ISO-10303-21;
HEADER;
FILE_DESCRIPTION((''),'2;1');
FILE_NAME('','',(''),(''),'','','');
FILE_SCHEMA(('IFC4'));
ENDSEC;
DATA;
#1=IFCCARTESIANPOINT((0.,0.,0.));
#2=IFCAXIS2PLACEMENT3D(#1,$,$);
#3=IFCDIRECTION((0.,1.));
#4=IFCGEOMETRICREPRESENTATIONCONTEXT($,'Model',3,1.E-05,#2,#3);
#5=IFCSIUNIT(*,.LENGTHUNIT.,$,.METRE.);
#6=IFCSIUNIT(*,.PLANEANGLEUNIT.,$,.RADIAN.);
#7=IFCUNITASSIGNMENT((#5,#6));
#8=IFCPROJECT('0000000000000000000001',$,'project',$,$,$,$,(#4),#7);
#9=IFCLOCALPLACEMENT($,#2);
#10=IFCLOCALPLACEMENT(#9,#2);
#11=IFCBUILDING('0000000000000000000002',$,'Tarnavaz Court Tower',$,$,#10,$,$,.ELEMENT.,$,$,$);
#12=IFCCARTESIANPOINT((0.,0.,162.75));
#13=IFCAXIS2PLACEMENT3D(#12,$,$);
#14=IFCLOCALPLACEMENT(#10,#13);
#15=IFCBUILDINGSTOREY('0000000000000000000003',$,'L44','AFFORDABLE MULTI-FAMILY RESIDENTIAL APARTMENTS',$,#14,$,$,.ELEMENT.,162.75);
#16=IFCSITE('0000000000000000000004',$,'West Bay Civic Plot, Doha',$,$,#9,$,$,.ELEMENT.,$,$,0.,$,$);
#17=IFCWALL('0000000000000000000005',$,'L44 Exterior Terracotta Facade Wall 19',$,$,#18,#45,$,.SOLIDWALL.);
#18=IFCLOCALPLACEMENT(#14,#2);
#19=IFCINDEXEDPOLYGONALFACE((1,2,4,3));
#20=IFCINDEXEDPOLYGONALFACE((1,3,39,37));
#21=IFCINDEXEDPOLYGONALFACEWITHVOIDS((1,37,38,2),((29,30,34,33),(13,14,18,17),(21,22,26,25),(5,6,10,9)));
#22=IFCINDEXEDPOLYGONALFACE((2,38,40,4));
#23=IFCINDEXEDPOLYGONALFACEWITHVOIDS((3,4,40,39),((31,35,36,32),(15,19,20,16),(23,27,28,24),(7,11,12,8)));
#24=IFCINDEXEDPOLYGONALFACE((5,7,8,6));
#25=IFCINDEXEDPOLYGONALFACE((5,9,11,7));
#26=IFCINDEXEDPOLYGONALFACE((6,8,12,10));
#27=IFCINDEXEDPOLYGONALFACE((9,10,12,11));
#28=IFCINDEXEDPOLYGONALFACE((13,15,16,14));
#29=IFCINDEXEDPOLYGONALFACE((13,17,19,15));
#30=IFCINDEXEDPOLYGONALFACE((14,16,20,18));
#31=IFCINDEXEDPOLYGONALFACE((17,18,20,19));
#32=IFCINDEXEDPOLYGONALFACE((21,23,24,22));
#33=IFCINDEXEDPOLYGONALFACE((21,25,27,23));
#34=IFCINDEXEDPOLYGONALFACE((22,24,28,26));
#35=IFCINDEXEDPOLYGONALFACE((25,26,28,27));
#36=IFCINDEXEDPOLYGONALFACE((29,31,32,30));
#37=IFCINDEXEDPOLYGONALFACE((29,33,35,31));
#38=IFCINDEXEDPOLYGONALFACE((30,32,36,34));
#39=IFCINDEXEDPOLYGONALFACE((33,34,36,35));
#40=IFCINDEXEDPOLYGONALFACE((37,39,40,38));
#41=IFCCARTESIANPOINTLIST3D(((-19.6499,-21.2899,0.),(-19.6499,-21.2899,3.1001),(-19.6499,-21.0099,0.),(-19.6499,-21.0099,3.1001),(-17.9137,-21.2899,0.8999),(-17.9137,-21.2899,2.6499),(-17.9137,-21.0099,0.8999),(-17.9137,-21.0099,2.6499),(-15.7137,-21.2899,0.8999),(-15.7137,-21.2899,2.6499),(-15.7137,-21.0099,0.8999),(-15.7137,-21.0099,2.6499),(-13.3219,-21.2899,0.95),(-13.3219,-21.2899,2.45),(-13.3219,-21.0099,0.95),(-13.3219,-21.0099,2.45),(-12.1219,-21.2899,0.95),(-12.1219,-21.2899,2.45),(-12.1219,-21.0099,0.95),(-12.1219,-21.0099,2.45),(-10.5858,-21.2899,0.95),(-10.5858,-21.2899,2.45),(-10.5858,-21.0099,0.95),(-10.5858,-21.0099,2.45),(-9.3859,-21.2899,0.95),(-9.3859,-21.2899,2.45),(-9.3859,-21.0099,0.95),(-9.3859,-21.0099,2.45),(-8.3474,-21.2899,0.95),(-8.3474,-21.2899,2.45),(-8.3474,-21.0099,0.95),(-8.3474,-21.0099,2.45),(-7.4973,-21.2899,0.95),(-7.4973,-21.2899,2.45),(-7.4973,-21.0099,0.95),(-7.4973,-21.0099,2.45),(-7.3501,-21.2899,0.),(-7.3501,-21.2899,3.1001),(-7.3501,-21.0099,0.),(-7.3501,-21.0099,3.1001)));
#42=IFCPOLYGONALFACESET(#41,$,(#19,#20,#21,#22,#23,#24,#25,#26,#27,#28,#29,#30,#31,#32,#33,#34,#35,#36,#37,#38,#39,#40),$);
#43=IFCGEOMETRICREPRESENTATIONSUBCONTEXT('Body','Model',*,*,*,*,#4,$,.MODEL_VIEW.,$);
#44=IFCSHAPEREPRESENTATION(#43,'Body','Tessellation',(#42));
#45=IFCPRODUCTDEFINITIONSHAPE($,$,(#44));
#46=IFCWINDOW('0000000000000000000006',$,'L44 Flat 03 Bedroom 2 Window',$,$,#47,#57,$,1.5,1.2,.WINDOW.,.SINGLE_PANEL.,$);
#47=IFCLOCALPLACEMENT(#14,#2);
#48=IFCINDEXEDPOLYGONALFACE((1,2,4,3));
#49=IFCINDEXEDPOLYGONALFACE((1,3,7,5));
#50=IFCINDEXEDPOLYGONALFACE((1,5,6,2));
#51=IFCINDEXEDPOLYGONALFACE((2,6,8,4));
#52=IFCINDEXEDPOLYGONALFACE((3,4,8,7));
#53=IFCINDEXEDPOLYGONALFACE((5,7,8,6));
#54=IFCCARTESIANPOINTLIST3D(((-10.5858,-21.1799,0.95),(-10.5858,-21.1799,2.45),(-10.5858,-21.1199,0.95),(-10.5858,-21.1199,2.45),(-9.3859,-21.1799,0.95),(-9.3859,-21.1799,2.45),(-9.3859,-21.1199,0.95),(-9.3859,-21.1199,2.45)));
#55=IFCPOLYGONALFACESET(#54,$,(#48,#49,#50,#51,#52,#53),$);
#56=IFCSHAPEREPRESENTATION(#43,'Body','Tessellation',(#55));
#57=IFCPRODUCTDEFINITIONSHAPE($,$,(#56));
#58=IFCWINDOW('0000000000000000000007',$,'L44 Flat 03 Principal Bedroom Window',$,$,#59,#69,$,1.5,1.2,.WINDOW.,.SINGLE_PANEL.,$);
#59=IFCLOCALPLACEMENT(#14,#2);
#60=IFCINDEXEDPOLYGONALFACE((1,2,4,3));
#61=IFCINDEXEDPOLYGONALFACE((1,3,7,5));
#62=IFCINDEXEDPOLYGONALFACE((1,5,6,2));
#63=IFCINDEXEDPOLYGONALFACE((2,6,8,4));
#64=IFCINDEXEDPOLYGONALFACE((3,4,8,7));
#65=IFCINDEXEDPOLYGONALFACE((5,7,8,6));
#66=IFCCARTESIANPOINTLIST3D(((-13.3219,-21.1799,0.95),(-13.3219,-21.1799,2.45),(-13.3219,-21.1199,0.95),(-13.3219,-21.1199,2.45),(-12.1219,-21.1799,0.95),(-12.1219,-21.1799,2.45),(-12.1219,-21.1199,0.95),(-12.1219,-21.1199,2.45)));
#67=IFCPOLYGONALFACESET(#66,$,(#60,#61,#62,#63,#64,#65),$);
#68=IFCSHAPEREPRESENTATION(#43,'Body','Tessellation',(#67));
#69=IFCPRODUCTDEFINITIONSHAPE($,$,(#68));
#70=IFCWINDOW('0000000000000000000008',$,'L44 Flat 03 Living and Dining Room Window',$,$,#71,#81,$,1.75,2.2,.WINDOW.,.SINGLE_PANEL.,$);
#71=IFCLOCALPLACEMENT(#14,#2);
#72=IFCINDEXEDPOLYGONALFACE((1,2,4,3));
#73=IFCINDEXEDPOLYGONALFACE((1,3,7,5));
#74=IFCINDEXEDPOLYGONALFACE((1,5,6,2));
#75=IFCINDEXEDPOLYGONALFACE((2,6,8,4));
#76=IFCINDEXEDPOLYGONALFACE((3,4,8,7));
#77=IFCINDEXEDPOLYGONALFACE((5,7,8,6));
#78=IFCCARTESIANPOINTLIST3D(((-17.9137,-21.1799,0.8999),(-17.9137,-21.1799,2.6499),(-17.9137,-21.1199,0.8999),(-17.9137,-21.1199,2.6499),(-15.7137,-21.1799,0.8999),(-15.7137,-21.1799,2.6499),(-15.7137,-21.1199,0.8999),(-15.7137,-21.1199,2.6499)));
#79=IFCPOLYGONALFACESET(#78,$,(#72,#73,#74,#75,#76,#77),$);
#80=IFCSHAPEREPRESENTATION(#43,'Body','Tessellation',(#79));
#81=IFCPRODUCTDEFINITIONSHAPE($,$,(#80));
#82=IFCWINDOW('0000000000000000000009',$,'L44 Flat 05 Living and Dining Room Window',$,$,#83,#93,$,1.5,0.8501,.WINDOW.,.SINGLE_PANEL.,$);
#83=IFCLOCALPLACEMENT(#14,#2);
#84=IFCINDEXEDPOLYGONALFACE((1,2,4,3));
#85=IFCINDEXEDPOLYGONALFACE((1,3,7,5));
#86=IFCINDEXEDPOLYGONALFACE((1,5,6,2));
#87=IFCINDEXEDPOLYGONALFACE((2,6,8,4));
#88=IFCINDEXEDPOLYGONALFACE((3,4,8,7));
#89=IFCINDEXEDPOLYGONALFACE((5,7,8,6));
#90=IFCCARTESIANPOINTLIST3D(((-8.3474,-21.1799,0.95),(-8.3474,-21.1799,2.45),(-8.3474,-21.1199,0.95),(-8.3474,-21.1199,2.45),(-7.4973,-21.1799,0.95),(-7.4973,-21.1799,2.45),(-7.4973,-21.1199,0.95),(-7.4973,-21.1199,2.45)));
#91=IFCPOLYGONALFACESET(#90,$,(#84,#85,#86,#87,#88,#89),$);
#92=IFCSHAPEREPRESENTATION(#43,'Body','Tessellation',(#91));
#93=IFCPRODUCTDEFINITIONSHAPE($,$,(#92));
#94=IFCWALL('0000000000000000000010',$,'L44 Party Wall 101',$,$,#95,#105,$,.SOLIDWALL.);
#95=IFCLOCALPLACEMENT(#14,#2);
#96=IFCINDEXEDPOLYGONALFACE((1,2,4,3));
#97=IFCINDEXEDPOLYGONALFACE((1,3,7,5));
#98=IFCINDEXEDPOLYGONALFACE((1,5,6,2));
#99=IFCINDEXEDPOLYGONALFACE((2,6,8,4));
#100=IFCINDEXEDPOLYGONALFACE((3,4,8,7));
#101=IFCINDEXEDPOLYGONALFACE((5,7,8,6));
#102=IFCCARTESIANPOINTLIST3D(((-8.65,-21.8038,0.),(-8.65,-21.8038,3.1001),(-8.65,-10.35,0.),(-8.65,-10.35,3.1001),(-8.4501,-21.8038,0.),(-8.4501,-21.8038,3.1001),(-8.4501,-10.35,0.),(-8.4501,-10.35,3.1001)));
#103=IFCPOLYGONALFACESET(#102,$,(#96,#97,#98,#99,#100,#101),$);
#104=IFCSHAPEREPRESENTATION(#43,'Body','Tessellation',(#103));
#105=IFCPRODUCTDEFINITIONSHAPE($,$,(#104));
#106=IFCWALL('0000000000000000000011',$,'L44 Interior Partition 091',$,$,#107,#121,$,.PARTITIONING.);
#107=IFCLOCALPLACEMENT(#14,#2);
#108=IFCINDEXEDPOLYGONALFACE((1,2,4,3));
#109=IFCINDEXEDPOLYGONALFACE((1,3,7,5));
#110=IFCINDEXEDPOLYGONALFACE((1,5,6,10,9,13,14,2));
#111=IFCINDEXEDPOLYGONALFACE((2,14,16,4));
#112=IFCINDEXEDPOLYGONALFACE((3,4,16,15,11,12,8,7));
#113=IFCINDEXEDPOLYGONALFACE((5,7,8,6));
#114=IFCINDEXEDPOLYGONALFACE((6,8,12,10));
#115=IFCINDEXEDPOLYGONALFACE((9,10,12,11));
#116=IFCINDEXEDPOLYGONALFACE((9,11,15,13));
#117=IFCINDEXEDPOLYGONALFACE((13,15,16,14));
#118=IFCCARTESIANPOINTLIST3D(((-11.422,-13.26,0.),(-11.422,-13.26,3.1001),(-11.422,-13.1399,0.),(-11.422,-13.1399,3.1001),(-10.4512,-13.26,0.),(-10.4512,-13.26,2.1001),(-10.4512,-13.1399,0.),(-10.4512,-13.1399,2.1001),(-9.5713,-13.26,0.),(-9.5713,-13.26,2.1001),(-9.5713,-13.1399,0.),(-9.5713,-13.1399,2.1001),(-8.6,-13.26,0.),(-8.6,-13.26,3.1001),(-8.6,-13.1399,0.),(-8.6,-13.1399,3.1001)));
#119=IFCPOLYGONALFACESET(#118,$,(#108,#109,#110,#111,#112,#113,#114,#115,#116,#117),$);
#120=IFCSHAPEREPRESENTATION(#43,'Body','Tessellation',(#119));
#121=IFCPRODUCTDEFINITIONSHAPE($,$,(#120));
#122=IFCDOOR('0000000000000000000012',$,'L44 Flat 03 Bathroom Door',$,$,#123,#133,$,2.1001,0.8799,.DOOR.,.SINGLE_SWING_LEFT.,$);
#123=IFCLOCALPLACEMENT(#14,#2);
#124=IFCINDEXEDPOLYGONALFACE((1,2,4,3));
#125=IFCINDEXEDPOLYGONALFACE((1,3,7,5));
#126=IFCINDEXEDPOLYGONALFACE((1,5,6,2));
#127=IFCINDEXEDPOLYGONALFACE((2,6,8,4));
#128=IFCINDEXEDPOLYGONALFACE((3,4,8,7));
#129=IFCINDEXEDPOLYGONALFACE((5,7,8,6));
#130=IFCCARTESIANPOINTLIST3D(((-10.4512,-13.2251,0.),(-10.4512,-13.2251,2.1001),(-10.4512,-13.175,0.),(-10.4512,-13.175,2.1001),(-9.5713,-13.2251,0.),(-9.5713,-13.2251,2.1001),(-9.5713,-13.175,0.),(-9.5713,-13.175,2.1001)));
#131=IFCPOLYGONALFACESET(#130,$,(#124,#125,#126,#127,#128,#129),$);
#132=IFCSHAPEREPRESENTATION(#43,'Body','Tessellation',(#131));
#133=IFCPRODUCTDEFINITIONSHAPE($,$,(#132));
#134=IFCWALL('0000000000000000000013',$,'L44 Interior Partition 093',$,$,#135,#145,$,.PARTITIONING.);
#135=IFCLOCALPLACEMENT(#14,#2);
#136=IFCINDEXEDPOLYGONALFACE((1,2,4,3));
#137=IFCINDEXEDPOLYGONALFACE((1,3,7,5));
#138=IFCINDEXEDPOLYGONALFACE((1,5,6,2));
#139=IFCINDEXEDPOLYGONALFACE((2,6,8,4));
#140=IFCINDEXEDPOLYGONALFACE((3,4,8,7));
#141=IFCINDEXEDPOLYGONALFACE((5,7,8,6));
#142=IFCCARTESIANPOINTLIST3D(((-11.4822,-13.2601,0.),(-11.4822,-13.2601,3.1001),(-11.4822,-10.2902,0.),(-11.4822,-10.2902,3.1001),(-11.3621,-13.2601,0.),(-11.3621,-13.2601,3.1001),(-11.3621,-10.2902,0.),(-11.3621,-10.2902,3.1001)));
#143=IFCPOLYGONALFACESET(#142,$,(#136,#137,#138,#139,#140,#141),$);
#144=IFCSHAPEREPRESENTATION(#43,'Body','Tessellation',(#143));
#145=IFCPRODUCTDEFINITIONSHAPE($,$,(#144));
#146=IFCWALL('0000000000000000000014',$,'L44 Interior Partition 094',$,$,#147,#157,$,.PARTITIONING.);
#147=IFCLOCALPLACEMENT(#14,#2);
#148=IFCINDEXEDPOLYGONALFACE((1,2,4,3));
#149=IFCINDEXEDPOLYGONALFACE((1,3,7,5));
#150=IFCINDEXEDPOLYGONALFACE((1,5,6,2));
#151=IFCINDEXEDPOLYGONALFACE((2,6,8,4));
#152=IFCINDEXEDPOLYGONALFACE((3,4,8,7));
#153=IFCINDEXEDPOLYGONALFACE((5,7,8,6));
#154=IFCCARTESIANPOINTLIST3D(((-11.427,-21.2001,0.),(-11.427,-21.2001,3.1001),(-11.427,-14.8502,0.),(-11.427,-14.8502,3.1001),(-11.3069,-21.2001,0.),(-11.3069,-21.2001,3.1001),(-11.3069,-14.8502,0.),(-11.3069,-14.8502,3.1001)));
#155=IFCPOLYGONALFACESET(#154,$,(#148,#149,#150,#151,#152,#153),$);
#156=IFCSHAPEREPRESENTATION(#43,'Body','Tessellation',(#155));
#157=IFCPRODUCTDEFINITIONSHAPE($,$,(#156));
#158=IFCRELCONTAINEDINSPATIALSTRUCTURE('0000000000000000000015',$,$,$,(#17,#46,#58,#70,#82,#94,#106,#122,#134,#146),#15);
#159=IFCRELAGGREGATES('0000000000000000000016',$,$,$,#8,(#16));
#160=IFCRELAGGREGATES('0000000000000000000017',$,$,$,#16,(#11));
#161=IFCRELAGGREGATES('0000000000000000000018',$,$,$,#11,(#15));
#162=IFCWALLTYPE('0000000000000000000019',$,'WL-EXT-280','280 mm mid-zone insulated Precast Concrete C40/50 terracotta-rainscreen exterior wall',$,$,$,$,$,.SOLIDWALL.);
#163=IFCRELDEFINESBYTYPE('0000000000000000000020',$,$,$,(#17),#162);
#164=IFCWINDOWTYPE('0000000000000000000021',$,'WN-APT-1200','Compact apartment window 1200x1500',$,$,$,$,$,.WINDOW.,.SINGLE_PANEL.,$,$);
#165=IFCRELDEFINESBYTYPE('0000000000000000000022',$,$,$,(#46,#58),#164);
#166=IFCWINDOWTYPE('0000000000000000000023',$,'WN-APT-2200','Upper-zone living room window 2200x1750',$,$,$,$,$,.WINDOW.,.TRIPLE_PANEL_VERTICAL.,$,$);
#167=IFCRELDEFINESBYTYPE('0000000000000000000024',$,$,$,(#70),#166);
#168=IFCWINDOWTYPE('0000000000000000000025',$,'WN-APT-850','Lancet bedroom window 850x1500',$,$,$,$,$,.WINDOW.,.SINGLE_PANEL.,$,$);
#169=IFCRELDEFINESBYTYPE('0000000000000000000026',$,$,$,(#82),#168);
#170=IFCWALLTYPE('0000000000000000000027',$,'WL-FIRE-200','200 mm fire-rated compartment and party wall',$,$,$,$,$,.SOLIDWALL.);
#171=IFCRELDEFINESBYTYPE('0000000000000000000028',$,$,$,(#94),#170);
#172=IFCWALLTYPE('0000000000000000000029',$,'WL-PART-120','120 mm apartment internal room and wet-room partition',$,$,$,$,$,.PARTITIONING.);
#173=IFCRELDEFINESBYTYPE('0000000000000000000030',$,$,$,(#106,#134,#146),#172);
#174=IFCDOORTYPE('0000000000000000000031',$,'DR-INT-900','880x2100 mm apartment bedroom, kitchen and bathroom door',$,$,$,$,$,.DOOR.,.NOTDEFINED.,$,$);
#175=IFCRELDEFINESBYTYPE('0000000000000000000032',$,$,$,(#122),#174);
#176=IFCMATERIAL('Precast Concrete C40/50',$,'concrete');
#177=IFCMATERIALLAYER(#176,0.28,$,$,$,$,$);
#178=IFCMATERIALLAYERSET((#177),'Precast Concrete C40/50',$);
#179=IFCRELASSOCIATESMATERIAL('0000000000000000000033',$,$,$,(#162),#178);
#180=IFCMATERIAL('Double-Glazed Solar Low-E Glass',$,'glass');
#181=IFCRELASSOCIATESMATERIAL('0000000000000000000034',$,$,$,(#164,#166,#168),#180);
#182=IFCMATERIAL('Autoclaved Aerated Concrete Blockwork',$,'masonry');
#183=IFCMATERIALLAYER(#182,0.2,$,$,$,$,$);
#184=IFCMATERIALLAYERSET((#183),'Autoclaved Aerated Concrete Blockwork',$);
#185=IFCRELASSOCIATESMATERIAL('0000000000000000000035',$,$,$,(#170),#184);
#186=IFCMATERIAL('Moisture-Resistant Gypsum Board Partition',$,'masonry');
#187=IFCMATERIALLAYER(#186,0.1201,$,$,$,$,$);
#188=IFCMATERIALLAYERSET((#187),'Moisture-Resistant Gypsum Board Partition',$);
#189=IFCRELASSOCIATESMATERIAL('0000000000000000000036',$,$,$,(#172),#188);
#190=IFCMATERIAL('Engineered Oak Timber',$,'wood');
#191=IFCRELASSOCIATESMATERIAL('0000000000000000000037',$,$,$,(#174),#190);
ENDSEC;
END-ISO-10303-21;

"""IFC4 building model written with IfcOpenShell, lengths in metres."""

from ifc_helpers import new_model, si_unit, direction, frame, frame_2d, origin, place, context, subcontext, project, spatial, rectangle, extrude, material, layer, layer_set, type_object, element, fill, save


model = new_model("IFC4")

# Units and contexts
model_context = context("Model", 3, precision=1e-05, world=origin(), true_north=direction((0.0, 1.0)))
body_context = subcontext(model_context, "Body", "Model", "MODEL_VIEW")
ifc_project = project(units=[si_unit("LENGTHUNIT", "METRE"), si_unit("PLANEANGLEUNIT", "RADIAN")], contexts=[model_context])

# Site, building, storey
site_placement = place(None, origin())
site = spatial("IfcSite", under=ifc_project, at=site_placement, Name="West Bay Civic Plot, Doha", CompositionType="ELEMENT", RefElevation=0.0)
building_placement = place(site_placement, origin())
building = spatial("IfcBuilding", under=site, at=building_placement, Name="Tarnavaz Court Tower", CompositionType="ELEMENT")
storey_placement = place(building_placement, frame((0.0, 0.0, 162.75)))
storey = spatial("IfcBuildingStorey", under=building, at=storey_placement, Name="L44", Description="AFFORDABLE MULTI-FAMILY RESIDENTIAL APARTMENTS", CompositionType="ELEMENT", Elevation=162.75)

# Shared definitions
ifc_material_1 = material(Name="Double-Glazed Solar Low-E Glass", Category="glass")

# Shared definitions
ifc_material_2 = material(Name="Precast Concrete C40/50", Category="concrete")
ifc_layer_1 = layer(ifc_material_2, 0.28)
ifc_layer_set_1 = layer_set([ifc_layer_1], Name="Precast Concrete C40/50")
wall_type_1 = type_object("IfcWallType", Name="WL-EXT-280", Description="280 mm mid-zone insulated Precast Concrete C40/50 terracotta-rainscreen exterior wall", PredefinedType="SOLIDWALL", material=ifc_layer_set_1)
window_type_1 = type_object("IfcWindowType", Name="WN-APT-1200", Description="Compact apartment window 1200x1500", PartitioningType="SINGLE_PANEL", PredefinedType="WINDOW", material=ifc_material_1)

# Wall, openings, windows
wall_1_placement = place(storey_placement, frame((-7.3501, -21.1499, 0.0), z_axis=(0.0, 0.0, 1.0), x_axis=(-1.0, 0.0, 0.0)))
wall_1 = element("IfcWall", 1, at=wall_1_placement, inside=storey, type_object=wall_type_1, Name="L44 Exterior Terracotta Facade Wall 19", PredefinedType="SOLIDWALL", context=body_context, shape_type="SweptSolid", body=[
    extrude(rectangle(XDim=12.2998, YDim=0.28, at=frame_2d((6.1499, 0.0))), origin(), (0.0, 0.0, 1.0), 3.1001),
])
opening_1_placement = place(wall_1_placement, frame((0.1472, 0.0, 0.95)))
opening_1 = element("IfcOpeningElement", 2, at=opening_1_placement, cuts=wall_1, PredefinedType="OPENING", context=body_context, shape_type="SweptSolid", body=[
    extrude(rectangle(XDim=0.8501, YDim=1.5, at=frame_2d((0.425, 0.75))), frame((0.0, 0.1499, 0.0), z_axis=(0.0, -1.0, 0.0), x_axis=(1.0, 0.0, 0.0)), (0.0, 0.0, 1.0), 0.3),
])
opening_2_placement = place(wall_1_placement, frame((2.0356, 0.0, 0.95)))
opening_2 = element("IfcOpeningElement", 3, at=opening_2_placement, cuts=wall_1, PredefinedType="OPENING", context=body_context, shape_type="SweptSolid", body=[
    extrude(rectangle(XDim=1.2, YDim=1.5, at=frame_2d((0.6001, 0.75))), frame((0.0, 0.1499, 0.0), z_axis=(0.0, -1.0, 0.0), x_axis=(1.0, 0.0, 0.0)), (0.0, 0.0, 1.0), 0.3),
])
opening_3_placement = place(wall_1_placement, frame((4.7717, 0.0, 0.95)))
opening_3 = element("IfcOpeningElement", 4, at=opening_3_placement, cuts=wall_1, PredefinedType="OPENING", context=body_context, shape_type="SweptSolid", body=[
    extrude(rectangle(XDim=1.2, YDim=1.5, at=frame_2d((0.6001, 0.75))), frame((0.0, 0.1499, 0.0), z_axis=(0.0, -1.0, 0.0), x_axis=(1.0, 0.0, 0.0)), (0.0, 0.0, 1.0), 0.3),
])
opening_4_placement = place(wall_1_placement, frame((8.3635, 0.0, 0.8999)))
opening_4 = element("IfcOpeningElement", 5, at=opening_4_placement, cuts=wall_1, PredefinedType="OPENING", context=body_context, shape_type="SweptSolid", body=[
    extrude(rectangle(XDim=2.2, YDim=1.75, at=frame_2d((1.1001, 0.875))), frame((0.0, 0.1499, 0.0), z_axis=(0.0, -1.0, 0.0), x_axis=(1.0, 0.0, 0.0)), (0.0, 0.0, 1.0), 0.3),
])
window_1_placement = place(opening_2_placement, origin())
window_1 = element("IfcWindow", 6, at=window_1_placement, inside=storey, type_object=window_type_1, Name="L44 Flat 03 Bedroom 2 Window", OverallHeight=1.5, OverallWidth=1.2, PartitioningType="SINGLE_PANEL", PredefinedType="WINDOW", context=body_context, shape_type="SweptSolid", body=[
    extrude(rectangle(XDim=1.2, YDim=1.5, at=frame_2d((0.6001, 0.75))), frame((0.0, 0.03, 0.0), z_axis=(0.0, -1.0, 0.0), x_axis=(1.0, 0.0, 0.0)), (0.0, 0.0, 1.0), 0.0601),
])
fill(opening_2, window_1)
window_2_placement = place(opening_3_placement, origin())
window_2 = element("IfcWindow", 7, at=window_2_placement, inside=storey, type_object=window_type_1, Name="L44 Flat 03 Principal Bedroom Window", OverallHeight=1.5, OverallWidth=1.2, PartitioningType="SINGLE_PANEL", PredefinedType="WINDOW", context=body_context, shape_type="SweptSolid", body=[
    extrude(rectangle(XDim=1.2, YDim=1.5, at=frame_2d((0.6001, 0.75))), frame((0.0, 0.03, 0.0), z_axis=(0.0, -1.0, 0.0), x_axis=(1.0, 0.0, 0.0)), (0.0, 0.0, 1.0), 0.0601),
])
fill(opening_3, window_2)
window_type_2 = type_object("IfcWindowType", Name="WN-APT-2200", Description="Upper-zone living room window 2200x1750", PartitioningType="TRIPLE_PANEL_VERTICAL", PredefinedType="WINDOW", material=ifc_material_1)
window_3_placement = place(opening_4_placement, origin())
window_3 = element("IfcWindow", 8, at=window_3_placement, inside=storey, type_object=window_type_2, Name="L44 Flat 03 Living and Dining Room Window", OverallHeight=1.75, OverallWidth=2.2, PartitioningType="SINGLE_PANEL", PredefinedType="WINDOW", context=body_context, shape_type="SweptSolid", body=[
    extrude(rectangle(XDim=2.2, YDim=1.75, at=frame_2d((1.1001, 0.875))), frame((0.0, 0.03, 0.0), z_axis=(0.0, -1.0, 0.0), x_axis=(1.0, 0.0, 0.0)), (0.0, 0.0, 1.0), 0.0601),
])
fill(opening_4, window_3)
window_type_3 = type_object("IfcWindowType", Name="WN-APT-850", Description="Lancet bedroom window 850x1500", PartitioningType="SINGLE_PANEL", PredefinedType="WINDOW", material=ifc_material_1)
window_4_placement = place(opening_1_placement, origin())
window_4 = element("IfcWindow", 9, at=window_4_placement, inside=storey, type_object=window_type_3, Name="L44 Flat 05 Living and Dining Room Window", OverallHeight=1.5, OverallWidth=0.8501, PartitioningType="SINGLE_PANEL", PredefinedType="WINDOW", context=body_context, shape_type="SweptSolid", body=[
    extrude(rectangle(XDim=0.8501, YDim=1.5, at=frame_2d((0.425, 0.75))), frame((0.0, 0.03, 0.0), z_axis=(0.0, -1.0, 0.0), x_axis=(1.0, 0.0, 0.0)), (0.0, 0.0, 1.0), 0.0601),
])
fill(opening_1, window_4)

# Wall
ifc_material_3 = material(Name="Autoclaved Aerated Concrete Blockwork", Category="masonry")
ifc_layer_2 = layer(ifc_material_3, 0.2)
ifc_layer_set_2 = layer_set([ifc_layer_2], Name="Autoclaved Aerated Concrete Blockwork")
wall_type_2 = type_object("IfcWallType", Name="WL-FIRE-200", Description="200 mm fire-rated compartment and party wall", PredefinedType="SOLIDWALL", material=ifc_layer_set_2)
wall_2_placement = place(storey_placement, frame((-8.55, -21.804, 0.0), z_axis=(0.0, 0.0, 1.0), x_axis=(0.0, 1.0, 0.0)))
element("IfcWall", 10, at=wall_2_placement, inside=storey, type_object=wall_type_2, Name="L44 Party Wall 101", PredefinedType="SOLIDWALL", context=body_context, shape_type="SweptSolid", body=[
    extrude(rectangle(XDim=11.4539, YDim=0.2, at=frame_2d((5.7271, 0.0))), origin(), (0.0, 0.0, 1.0), 3.1001),
])

# Wall, opening, door
ifc_material_4 = material(Name="Moisture-Resistant Gypsum Board Partition", Category="masonry")
ifc_layer_3 = layer(ifc_material_4, 0.1201)
ifc_layer_set_3 = layer_set([ifc_layer_3], Name="Moisture-Resistant Gypsum Board Partition")
wall_type_3 = type_object("IfcWallType", Name="WL-PART-120", Description="120 mm apartment internal room and wet-room partition", PredefinedType="PARTITIONING", material=ifc_layer_set_3)
wall_3_placement = place(storey_placement, frame((-11.4221, -13.2, 0.0), z_axis=(0.0, 0.0, 1.0), x_axis=(1.0, 0.0, 0.0)))
wall_3 = element("IfcWall", 11, at=wall_3_placement, inside=storey, type_object=wall_type_3, Name="L44 Interior Partition 091", PredefinedType="PARTITIONING", context=body_context, shape_type="SweptSolid", body=[
    extrude(rectangle(XDim=2.822, YDim=0.1201, at=frame_2d((1.4111, 0.0))), origin(), (0.0, 0.0, 1.0), 3.1001),
])
opening_5_placement = place(wall_3_placement, frame((0.9709, 0.0, 0.0)))
opening_5 = element("IfcOpeningElement", 12, at=opening_5_placement, cuts=wall_3, PredefinedType="OPENING", context=body_context, shape_type="SweptSolid", body=[
    extrude(rectangle(XDim=0.8799, YDim=2.1001, at=frame_2d((0.4399, 1.05))), frame((0.0, 0.0701, 0.0), z_axis=(0.0, -1.0, 0.0), x_axis=(1.0, 0.0, 0.0)), (0.0, 0.0, 1.0), 0.1401),
])
ifc_material_5 = material(Name="Engineered Oak Timber", Category="wood")
door_type = type_object("IfcDoorType", Name="DR-INT-900", Description="880x2100 mm apartment bedroom, kitchen and bathroom door", OperationType="NOTDEFINED", PredefinedType="DOOR", material=ifc_material_5)
door_placement = place(opening_5_placement, origin())
door = element("IfcDoor", 13, at=door_placement, inside=storey, type_object=door_type, Name="L44 Flat 03 Bathroom Door", OperationType="SINGLE_SWING_LEFT", OverallHeight=2.1001, OverallWidth=0.8799, PredefinedType="DOOR", context=body_context, shape_type="SweptSolid", body=[
    extrude(rectangle(XDim=0.8799, YDim=2.1001, at=frame_2d((0.4399, 1.05))), frame((0.0, 0.0249, 0.0), z_axis=(0.0, -1.0, 0.0), x_axis=(1.0, 0.0, 0.0)), (0.0, 0.0, 1.0), 0.05),
])
fill(opening_5, door)

# Walls
wall_4_placement = place(storey_placement, frame((-11.4221, -13.26, 0.0), z_axis=(0.0, 0.0, 1.0), x_axis=(0.0, 1.0, 0.0)))
element("IfcWall", 14, at=wall_4_placement, inside=storey, type_object=wall_type_3, Name="L44 Interior Partition 093", PredefinedType="PARTITIONING", context=body_context, shape_type="SweptSolid", body=[
    extrude(rectangle(XDim=2.97, YDim=0.1201, at=frame_2d((1.4849, 0.0))), origin(), (0.0, 0.0, 1.0), 3.1001),
])
wall_5_placement = place(storey_placement, frame((-11.3669, -21.2, 0.0), z_axis=(0.0, 0.0, 1.0), x_axis=(0.0, 1.0, 0.0)))
element("IfcWall", 15, at=wall_5_placement, inside=storey, type_object=wall_type_3, Name="L44 Interior Partition 094", PredefinedType="PARTITIONING", context=body_context, shape_type="SweptSolid", body=[
    extrude(rectangle(XDim=6.3499, YDim=0.1201, at=frame_2d((3.1748, 0.0))), origin(), (0.0, 0.0, 1.0), 3.1001),
])

save(model, "model.ifc")
